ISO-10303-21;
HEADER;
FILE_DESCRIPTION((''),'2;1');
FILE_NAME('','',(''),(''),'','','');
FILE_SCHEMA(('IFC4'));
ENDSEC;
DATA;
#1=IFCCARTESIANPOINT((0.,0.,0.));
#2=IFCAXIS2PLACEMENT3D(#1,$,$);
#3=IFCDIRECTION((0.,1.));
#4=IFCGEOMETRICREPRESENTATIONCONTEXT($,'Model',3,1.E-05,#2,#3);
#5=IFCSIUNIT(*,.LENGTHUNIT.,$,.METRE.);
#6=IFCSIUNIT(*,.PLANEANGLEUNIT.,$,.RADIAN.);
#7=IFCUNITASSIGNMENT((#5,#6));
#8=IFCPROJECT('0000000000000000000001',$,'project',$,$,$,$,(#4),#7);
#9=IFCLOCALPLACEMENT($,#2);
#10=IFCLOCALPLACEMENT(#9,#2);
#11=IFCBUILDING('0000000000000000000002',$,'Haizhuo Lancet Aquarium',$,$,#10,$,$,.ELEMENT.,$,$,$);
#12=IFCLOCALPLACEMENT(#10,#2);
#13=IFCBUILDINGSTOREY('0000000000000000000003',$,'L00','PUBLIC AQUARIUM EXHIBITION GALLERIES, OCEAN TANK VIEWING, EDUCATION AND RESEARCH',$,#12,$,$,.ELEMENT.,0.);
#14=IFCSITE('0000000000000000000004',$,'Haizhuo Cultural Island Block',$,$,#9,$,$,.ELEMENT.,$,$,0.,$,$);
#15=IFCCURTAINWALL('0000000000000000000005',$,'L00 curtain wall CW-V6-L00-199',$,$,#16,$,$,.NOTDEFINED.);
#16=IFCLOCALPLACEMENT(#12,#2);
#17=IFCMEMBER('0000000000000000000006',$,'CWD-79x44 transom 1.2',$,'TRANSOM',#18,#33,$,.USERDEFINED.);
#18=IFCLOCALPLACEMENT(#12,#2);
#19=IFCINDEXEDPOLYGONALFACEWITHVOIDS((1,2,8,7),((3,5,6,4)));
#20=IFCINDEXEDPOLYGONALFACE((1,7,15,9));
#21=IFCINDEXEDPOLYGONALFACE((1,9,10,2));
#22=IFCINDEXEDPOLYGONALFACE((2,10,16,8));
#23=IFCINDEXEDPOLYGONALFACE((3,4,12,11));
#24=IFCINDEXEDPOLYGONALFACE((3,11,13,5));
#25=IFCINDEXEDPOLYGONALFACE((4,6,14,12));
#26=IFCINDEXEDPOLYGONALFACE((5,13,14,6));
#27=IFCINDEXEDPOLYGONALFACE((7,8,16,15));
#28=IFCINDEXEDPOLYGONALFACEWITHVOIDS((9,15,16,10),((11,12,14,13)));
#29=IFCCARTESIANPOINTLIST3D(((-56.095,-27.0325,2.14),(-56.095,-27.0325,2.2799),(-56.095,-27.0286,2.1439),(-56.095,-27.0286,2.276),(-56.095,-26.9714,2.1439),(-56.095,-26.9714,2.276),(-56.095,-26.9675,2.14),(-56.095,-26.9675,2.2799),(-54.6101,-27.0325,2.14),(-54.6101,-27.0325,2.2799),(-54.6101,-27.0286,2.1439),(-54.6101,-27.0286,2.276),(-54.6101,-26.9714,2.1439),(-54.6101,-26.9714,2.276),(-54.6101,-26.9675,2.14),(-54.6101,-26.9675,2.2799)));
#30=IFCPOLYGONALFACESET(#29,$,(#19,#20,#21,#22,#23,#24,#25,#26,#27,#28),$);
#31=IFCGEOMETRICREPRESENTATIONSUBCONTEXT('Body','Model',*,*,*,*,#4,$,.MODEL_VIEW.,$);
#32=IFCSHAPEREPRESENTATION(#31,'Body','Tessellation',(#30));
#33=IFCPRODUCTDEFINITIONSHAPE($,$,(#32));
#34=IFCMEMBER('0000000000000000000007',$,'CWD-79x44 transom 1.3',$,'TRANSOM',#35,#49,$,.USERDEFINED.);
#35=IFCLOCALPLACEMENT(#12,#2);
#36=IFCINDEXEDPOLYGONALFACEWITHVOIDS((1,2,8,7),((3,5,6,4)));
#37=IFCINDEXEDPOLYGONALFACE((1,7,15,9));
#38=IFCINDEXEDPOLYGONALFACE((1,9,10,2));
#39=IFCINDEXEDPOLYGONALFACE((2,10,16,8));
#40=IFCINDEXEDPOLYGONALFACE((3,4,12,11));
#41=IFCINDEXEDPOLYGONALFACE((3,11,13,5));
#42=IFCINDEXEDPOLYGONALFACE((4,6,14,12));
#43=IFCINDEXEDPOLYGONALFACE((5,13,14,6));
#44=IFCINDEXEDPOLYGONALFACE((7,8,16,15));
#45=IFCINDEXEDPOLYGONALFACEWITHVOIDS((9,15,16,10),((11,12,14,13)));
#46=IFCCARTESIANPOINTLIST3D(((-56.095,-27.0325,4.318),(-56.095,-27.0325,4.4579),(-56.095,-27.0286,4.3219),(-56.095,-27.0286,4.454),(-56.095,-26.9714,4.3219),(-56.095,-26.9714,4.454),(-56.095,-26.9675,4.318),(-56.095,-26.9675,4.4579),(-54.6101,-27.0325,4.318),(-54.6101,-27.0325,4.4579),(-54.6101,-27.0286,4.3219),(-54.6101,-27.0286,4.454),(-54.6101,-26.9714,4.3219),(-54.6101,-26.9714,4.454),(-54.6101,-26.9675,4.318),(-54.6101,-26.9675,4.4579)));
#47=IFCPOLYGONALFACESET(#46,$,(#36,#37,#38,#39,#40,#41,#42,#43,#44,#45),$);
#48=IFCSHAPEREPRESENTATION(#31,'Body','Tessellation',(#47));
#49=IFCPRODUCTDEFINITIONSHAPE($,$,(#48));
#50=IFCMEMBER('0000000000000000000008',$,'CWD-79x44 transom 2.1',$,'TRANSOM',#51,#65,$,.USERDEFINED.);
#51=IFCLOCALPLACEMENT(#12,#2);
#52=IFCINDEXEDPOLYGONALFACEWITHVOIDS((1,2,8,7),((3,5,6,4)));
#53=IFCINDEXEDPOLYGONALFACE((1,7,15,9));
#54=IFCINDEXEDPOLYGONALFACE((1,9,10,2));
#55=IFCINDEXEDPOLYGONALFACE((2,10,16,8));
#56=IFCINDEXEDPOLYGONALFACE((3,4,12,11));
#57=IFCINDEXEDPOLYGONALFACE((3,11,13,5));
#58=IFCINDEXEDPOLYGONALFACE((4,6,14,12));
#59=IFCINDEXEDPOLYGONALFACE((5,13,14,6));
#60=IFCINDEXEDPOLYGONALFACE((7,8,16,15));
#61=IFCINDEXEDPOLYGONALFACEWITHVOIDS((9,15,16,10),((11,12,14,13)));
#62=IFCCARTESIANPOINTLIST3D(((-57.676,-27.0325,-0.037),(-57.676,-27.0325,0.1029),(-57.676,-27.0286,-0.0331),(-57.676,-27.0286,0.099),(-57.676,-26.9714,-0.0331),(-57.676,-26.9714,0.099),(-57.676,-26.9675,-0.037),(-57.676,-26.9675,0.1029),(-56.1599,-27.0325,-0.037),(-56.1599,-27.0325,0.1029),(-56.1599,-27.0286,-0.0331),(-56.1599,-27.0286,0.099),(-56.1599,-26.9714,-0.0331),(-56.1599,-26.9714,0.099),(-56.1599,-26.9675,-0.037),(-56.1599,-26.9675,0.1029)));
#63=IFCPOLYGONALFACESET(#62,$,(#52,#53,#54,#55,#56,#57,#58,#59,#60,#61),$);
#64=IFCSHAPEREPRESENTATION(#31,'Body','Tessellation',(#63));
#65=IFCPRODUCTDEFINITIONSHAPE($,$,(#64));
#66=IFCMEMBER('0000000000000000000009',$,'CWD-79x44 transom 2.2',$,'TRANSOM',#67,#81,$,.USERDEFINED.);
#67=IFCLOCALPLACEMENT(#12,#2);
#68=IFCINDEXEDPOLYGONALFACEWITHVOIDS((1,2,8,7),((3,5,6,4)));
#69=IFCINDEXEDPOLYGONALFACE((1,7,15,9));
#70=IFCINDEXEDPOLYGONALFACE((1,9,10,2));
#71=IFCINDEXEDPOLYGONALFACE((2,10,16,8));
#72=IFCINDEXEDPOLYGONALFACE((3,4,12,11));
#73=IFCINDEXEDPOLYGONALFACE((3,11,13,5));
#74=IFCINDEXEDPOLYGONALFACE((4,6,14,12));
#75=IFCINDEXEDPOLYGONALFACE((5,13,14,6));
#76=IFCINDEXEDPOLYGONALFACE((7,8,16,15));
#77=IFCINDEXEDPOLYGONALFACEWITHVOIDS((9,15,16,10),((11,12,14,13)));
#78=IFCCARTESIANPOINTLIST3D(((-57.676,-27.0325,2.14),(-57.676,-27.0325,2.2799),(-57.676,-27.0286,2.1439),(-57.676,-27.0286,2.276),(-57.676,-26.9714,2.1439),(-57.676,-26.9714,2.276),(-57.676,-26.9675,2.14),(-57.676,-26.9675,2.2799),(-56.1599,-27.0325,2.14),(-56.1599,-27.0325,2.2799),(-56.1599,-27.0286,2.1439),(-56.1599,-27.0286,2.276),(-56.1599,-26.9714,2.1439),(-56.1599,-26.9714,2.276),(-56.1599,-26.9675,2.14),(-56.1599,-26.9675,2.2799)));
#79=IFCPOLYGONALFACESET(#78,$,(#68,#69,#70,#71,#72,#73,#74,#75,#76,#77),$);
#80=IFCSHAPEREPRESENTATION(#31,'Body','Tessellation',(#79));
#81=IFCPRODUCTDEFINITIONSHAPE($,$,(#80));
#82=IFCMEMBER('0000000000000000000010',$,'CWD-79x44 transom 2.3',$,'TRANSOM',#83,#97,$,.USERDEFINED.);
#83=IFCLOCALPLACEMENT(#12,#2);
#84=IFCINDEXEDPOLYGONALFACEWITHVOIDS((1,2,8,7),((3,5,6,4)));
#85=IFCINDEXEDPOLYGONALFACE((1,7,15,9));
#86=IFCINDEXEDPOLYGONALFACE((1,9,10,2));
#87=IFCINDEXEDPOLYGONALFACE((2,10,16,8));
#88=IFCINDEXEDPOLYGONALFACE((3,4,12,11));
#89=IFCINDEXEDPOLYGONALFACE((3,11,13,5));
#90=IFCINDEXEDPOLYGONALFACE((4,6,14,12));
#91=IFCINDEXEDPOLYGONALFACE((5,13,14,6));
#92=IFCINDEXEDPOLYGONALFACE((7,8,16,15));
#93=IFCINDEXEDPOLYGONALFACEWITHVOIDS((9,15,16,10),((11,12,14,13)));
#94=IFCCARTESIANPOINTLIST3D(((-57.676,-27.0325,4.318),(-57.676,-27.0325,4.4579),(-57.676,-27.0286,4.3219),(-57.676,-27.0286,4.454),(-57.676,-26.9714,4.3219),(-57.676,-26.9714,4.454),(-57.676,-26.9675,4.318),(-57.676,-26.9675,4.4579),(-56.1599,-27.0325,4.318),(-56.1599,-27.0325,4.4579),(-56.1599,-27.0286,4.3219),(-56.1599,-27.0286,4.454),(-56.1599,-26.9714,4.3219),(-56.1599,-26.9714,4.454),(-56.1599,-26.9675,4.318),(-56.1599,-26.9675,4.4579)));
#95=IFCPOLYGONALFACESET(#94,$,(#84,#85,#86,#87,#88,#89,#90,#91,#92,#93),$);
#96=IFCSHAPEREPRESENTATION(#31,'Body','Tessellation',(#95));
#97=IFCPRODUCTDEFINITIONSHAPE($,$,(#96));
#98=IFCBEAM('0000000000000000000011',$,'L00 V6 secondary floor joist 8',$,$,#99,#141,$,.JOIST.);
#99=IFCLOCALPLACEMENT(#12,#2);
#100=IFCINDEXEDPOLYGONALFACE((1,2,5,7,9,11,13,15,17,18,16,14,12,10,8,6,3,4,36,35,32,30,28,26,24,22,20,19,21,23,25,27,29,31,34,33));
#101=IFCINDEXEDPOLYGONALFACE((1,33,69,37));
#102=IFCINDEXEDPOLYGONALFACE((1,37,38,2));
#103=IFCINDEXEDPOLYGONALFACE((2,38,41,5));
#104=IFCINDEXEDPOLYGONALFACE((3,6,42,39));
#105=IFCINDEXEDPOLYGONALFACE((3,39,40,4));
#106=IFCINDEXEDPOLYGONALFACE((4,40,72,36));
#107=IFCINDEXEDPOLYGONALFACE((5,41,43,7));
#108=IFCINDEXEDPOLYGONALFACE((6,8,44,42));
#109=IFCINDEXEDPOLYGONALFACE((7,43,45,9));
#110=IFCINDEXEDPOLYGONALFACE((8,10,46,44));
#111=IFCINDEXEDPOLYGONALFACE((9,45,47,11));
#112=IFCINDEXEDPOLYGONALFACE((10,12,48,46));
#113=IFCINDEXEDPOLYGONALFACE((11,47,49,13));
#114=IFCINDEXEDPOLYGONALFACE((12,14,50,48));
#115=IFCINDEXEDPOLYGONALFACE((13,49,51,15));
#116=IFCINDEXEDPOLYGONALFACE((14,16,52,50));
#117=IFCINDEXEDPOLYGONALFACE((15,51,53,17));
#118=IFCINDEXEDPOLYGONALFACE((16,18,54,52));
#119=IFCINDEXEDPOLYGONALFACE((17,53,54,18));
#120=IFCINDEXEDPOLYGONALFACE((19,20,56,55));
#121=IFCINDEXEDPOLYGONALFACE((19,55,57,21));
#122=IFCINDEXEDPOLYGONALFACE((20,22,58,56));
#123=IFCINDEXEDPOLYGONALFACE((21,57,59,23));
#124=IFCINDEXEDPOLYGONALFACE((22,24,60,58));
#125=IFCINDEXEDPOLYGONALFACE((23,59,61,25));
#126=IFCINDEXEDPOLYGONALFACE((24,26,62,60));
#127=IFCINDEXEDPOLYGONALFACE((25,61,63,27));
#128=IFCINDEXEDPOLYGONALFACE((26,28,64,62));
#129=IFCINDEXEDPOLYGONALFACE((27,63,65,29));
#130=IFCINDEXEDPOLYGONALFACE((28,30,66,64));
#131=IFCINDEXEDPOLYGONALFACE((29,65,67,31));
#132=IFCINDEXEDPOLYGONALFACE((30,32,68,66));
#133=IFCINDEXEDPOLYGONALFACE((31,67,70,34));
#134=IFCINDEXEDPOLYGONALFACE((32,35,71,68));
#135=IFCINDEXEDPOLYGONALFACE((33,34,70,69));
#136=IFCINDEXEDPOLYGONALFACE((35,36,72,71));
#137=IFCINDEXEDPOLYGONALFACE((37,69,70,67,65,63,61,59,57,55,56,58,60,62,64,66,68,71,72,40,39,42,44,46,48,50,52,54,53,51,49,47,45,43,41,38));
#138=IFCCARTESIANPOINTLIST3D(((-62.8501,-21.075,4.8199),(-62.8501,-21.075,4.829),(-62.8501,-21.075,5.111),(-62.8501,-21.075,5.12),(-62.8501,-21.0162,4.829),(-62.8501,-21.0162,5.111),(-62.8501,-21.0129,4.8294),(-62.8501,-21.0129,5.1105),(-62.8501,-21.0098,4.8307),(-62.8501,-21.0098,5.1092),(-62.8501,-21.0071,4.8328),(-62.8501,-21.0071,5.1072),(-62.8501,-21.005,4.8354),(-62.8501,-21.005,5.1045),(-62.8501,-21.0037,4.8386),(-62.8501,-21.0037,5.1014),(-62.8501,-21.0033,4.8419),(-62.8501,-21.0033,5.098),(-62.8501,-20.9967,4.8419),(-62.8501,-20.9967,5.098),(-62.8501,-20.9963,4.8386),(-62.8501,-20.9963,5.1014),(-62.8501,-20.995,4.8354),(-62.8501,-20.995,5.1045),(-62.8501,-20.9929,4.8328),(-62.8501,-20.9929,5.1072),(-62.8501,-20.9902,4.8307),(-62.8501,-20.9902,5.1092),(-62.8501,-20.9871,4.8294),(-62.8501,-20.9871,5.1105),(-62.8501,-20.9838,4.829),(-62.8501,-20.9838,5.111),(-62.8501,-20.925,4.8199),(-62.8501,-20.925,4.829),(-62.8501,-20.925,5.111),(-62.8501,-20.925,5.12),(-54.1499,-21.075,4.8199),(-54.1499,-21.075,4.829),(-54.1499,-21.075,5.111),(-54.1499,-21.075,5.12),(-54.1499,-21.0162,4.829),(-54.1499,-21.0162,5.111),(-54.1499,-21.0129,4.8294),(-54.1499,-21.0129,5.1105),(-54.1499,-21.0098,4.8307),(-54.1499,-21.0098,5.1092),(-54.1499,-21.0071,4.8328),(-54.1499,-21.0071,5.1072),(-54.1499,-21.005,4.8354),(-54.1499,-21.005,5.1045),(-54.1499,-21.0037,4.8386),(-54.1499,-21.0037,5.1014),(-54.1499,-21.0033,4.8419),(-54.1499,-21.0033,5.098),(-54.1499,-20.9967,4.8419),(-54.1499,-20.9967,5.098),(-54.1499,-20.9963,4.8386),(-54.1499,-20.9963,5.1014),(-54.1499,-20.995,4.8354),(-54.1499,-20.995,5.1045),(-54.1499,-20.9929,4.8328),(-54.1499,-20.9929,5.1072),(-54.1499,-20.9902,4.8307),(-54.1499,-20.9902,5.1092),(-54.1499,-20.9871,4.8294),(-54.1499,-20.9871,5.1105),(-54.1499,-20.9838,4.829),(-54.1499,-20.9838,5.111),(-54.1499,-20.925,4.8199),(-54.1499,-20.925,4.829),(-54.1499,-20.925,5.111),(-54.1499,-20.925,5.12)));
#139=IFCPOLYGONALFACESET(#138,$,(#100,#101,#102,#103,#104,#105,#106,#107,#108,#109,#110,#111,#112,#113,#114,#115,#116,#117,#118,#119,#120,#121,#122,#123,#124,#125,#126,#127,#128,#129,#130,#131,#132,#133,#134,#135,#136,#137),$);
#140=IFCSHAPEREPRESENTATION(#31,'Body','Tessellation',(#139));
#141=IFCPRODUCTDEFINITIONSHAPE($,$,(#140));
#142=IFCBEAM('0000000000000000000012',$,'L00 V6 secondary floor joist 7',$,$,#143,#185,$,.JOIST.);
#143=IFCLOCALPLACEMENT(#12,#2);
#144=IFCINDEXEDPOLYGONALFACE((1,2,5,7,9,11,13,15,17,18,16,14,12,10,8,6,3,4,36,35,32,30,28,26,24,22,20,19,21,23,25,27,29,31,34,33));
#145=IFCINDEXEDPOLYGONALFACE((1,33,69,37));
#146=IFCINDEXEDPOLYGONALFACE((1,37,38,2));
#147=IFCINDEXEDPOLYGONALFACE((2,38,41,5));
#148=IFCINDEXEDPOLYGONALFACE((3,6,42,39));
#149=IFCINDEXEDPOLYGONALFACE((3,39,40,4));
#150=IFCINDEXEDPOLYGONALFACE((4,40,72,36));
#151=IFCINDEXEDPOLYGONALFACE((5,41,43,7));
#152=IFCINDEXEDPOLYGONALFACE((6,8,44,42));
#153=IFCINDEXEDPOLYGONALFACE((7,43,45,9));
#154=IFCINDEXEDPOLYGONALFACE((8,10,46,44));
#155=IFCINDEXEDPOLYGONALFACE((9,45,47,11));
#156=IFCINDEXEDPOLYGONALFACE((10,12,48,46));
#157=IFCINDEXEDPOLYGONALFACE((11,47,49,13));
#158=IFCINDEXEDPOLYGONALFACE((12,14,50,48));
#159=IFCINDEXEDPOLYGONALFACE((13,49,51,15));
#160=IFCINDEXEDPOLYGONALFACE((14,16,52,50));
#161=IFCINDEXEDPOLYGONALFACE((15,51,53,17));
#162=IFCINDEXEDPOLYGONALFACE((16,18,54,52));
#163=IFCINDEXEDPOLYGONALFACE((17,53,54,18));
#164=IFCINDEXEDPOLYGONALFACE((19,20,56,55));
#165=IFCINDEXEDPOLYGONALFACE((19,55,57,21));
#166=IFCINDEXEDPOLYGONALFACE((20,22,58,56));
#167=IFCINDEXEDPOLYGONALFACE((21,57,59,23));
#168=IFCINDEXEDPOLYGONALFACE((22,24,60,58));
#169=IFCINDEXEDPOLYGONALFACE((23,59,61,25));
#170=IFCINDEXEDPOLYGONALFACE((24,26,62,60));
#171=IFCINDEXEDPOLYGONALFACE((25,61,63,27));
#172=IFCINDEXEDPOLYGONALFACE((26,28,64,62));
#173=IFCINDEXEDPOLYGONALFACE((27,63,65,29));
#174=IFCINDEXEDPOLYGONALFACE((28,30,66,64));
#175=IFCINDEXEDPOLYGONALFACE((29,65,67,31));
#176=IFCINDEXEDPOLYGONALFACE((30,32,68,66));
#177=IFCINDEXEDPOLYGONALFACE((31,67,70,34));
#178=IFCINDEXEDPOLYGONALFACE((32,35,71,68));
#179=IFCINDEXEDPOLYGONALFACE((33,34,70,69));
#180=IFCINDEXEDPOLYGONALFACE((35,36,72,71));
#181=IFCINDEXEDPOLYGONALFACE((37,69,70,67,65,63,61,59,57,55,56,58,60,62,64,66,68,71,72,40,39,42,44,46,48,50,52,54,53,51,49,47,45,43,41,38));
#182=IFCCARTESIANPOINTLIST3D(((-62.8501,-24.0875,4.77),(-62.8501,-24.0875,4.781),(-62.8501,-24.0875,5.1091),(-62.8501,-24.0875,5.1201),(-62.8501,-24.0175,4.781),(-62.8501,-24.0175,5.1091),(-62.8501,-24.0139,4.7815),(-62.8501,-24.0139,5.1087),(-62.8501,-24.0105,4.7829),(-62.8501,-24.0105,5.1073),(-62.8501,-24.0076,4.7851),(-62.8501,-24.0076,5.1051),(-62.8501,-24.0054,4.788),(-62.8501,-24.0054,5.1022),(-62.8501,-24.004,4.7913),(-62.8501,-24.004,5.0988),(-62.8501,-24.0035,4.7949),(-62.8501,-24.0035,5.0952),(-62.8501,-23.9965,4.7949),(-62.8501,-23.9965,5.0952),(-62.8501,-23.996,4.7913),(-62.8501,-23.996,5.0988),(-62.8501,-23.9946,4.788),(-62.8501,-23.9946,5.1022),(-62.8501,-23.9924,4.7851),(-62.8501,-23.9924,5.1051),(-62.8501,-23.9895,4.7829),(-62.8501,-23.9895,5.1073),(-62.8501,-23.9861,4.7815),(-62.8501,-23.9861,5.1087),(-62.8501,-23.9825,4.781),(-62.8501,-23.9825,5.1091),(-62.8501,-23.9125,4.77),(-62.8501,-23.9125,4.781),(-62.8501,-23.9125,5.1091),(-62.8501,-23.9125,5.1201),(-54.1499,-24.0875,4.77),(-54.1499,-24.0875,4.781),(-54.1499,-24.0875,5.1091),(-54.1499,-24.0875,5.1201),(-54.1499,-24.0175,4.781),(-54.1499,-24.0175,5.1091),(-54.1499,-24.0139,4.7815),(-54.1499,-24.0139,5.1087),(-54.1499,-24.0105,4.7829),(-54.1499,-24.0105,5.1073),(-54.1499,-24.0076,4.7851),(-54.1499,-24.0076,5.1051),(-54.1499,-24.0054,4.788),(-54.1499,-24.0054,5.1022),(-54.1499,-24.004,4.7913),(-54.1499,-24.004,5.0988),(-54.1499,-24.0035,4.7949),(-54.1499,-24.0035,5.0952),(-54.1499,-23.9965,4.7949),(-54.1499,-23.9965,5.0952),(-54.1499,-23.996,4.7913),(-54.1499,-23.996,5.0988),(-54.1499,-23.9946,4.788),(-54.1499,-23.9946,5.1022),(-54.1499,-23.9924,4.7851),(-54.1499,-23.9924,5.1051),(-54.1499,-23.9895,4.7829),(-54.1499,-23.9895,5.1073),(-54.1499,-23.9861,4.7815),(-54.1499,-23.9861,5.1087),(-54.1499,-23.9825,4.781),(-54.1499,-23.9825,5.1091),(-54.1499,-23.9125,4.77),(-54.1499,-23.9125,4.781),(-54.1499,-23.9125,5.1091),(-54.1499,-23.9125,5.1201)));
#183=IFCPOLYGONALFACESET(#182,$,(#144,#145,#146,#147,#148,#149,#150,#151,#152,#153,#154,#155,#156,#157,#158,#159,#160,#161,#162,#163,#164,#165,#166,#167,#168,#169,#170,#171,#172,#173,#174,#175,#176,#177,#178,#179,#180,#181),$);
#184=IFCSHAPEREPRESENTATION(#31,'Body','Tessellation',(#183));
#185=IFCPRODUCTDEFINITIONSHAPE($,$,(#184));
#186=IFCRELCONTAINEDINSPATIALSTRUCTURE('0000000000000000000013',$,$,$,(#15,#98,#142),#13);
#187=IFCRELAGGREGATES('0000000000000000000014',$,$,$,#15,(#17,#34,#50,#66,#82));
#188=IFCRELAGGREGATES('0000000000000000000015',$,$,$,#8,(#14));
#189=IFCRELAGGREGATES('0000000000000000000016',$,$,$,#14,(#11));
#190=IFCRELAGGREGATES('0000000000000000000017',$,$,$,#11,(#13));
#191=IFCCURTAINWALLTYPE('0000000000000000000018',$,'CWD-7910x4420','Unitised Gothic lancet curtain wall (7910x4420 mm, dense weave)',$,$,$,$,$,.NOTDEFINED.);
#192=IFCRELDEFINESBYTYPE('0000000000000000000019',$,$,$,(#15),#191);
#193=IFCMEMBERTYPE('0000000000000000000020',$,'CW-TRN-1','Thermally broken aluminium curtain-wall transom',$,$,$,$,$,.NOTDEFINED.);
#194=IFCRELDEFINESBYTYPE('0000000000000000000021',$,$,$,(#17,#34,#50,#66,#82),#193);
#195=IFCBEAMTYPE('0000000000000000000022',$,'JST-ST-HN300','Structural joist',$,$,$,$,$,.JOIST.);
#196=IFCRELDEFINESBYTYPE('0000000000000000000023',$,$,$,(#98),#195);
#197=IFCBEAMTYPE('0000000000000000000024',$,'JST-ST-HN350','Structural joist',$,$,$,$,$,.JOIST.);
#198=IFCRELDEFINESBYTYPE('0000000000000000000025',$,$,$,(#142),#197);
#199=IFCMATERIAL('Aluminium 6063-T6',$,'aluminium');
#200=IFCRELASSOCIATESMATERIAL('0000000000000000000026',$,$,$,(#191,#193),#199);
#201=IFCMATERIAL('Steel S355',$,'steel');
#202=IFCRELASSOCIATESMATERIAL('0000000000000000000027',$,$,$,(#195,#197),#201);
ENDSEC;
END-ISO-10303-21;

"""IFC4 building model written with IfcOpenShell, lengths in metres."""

from ifc_helpers import new_model, si_unit, direction, frame, origin, origin_2d, place, context, subcontext, project, spatial, hollow_rectangle, i_section, extrude, material, material_profile, profile_set, type_object, element, aggregate, save


model = new_model("IFC4")

# Units and contexts
model_context = context("Model", 3, precision=1e-05, world=origin(), true_north=direction((0.0, 1.0)))
body_context = subcontext(model_context, "Body", "Model", "MODEL_VIEW")
ifc_project = project(units=[si_unit("LENGTHUNIT", "METRE"), si_unit("PLANEANGLEUNIT", "RADIAN")], contexts=[model_context])

# Site, building, storey
site_placement = place(None, origin())
site = spatial("IfcSite", under=ifc_project, at=site_placement, Name="Haizhuo Cultural Island Block", CompositionType="ELEMENT", RefElevation=0.0)
building_placement = place(site_placement, origin())
building = spatial("IfcBuilding", under=site, at=building_placement, Name="Haizhuo Lancet Aquarium", CompositionType="ELEMENT")
storey_placement = place(building_placement, origin())
storey = spatial("IfcBuildingStorey", under=building, at=storey_placement, Name="L00", Description="PUBLIC AQUARIUM EXHIBITION GALLERIES, OCEAN TANK VIEWING, EDUCATION AND RESEARCH", CompositionType="ELEMENT", Elevation=0.0)

# Shared definitions
ifc_material_1 = material(Name="Steel S355", Category="steel")

# Curtain wall, members
ifc_material_2 = material(Name="Aluminium 6063-T6", Category="aluminium")
curtain_wall_type = type_object("IfcCurtainWallType", Name="CWD-7910x4420", Description="Unitised Gothic lancet curtain wall (7910x4420 mm, dense weave)", PredefinedType="NOTDEFINED", material=ifc_material_2)
curtain_wall_placement = place(storey_placement, origin())
curtain_wall = element("IfcCurtainWall", 1, at=curtain_wall_placement, inside=storey, type_object=curtain_wall_type, Name="L00 curtain wall CW-V6-L00-199", PredefinedType="NOTDEFINED")
ifc_material_profile_1 = material_profile(ifc_material_2, hollow_rectangle(XDim=0.0649, YDim=0.1399, WallThickness=0.0039, at=origin_2d()), Name="ALU-T 65x140x4")
ifc_profile_set_1 = profile_set([ifc_material_profile_1], Name="Aluminium 6063-T6")
member_type_1 = type_object("IfcMemberType", Name="CW-TRN-1", Description="Thermally broken aluminium curtain-wall transom", PredefinedType="NOTDEFINED", material=ifc_profile_set_1)
member_1_placement = place(storey_placement, frame((-54.6101, -27.0, 2.21), z_axis=(-1.0, 0.0, 0.0), x_axis=(0.0, -1.0, 0.0)))
member_1 = element("IfcMember", 2, at=member_1_placement, type_object=member_type_1, Name="CWD-79x44 transom 1.2", ObjectType="TRANSOM", PredefinedType="USERDEFINED", context=body_context, shape_type="SweptSolid", body=[
    extrude(hollow_rectangle(XDim=0.0649, YDim=0.1399, WallThickness=0.0039, at=origin_2d()), origin(), (0.0, 0.0, 1.0), 1.4849),
])
member_2_placement = place(storey_placement, frame((-54.6101, -27.0, 4.3879), z_axis=(-1.0, 0.0, 0.0), x_axis=(0.0, -1.0, 0.0)))
member_2 = element("IfcMember", 3, at=member_2_placement, type_object=member_type_1, Name="CWD-79x44 transom 1.3", ObjectType="TRANSOM", PredefinedType="USERDEFINED", context=body_context, shape_type="SweptSolid", body=[
    extrude(hollow_rectangle(XDim=0.0649, YDim=0.1399, WallThickness=0.0039, at=origin_2d()), origin(), (0.0, 0.0, 1.0), 1.4849),
])
member_3_placement = place(storey_placement, frame((-56.1599, -27.0, 0.033), z_axis=(-1.0, 0.0, 0.0), x_axis=(0.0, -1.0, 0.0)))
member_3 = element("IfcMember", 4, at=member_3_placement, type_object=member_type_1, Name="CWD-79x44 transom 2.1", ObjectType="TRANSOM", PredefinedType="USERDEFINED", context=body_context, shape_type="SweptSolid", body=[
    extrude(hollow_rectangle(XDim=0.0649, YDim=0.1399, WallThickness=0.0039, at=origin_2d()), origin(), (0.0, 0.0, 1.0), 1.5161),
])
member_4_placement = place(storey_placement, frame((-56.1599, -27.0, 2.21), z_axis=(-1.0, 0.0, 0.0), x_axis=(0.0, -1.0, 0.0)))
member_4 = element("IfcMember", 5, at=member_4_placement, type_object=member_type_1, Name="CWD-79x44 transom 2.2", ObjectType="TRANSOM", PredefinedType="USERDEFINED", context=body_context, shape_type="SweptSolid", body=[
    extrude(hollow_rectangle(XDim=0.0649, YDim=0.1399, WallThickness=0.0039, at=origin_2d()), origin(), (0.0, 0.0, 1.0), 1.5161),
])
member_5_placement = place(storey_placement, frame((-56.1599, -27.0, 4.3879), z_axis=(-1.0, 0.0, 0.0), x_axis=(0.0, -1.0, 0.0)))
member_5 = element("IfcMember", 6, at=member_5_placement, type_object=member_type_1, Name="CWD-79x44 transom 2.3", ObjectType="TRANSOM", PredefinedType="USERDEFINED", context=body_context, shape_type="SweptSolid", body=[
    extrude(hollow_rectangle(XDim=0.0649, YDim=0.1399, WallThickness=0.0039, at=origin_2d()), origin(), (0.0, 0.0, 1.0), 1.5161),
])

# Beams
ifc_material_profile_2 = material_profile(ifc_material_1, i_section(OverallWidth=0.1499, OverallDepth=0.3, WebThickness=0.0066, FlangeThickness=0.009, FilletRadius=0.0129, at=origin_2d()), Name="HN 300x150x6.5x9")
ifc_profile_set_2 = profile_set([ifc_material_profile_2], Name="Steel S355")
beam_type_1 = type_object("IfcBeamType", Name="JST-ST-HN300", Description="Structural joist", PredefinedType="JOIST", material=ifc_profile_set_2)
beam_1_placement = place(storey_placement, frame((-62.8501, -21.0, 4.97), z_axis=(1.0, 0.0, 0.0), x_axis=(0.0, 1.0, 0.0)))
element("IfcBeam", 7, at=beam_1_placement, inside=storey, type_object=beam_type_1, Name="L00 V6 secondary floor joist 8", PredefinedType="JOIST", context=body_context, shape_type="SweptSolid", body=[
    extrude(i_section(OverallWidth=0.1499, OverallDepth=0.3, WebThickness=0.0066, FlangeThickness=0.009, FilletRadius=0.0129, at=origin_2d()), origin(), (0.0, 0.0, 1.0), 8.7002),
])
ifc_material_profile_3 = material_profile(ifc_material_1, i_section(OverallWidth=0.175, OverallDepth=0.3501, WebThickness=0.0071, FlangeThickness=0.011, FilletRadius=0.0139, at=origin_2d()), Name="HN 350x175x7x11")
ifc_profile_set_3 = profile_set([ifc_material_profile_3], Name="Steel S355")
beam_type_2 = type_object("IfcBeamType", Name="JST-ST-HN350", Description="Structural joist", PredefinedType="JOIST", material=ifc_profile_set_3)
beam_2_placement = place(storey_placement, frame((-62.8501, -24.0, 4.9451), z_axis=(1.0, 0.0, 0.0), x_axis=(0.0, 1.0, 0.0)))
element("IfcBeam", 8, at=beam_2_placement, inside=storey, type_object=beam_type_2, Name="L00 V6 secondary floor joist 7", PredefinedType="JOIST", context=body_context, shape_type="SweptSolid", body=[
    extrude(i_section(OverallWidth=0.175, OverallDepth=0.3501, WebThickness=0.0071, FlangeThickness=0.011, FilletRadius=0.0139, at=origin_2d()), origin(), (0.0, 0.0, 1.0), 8.7002),
])

aggregate(curtain_wall, [member_1, member_2, member_3, member_4, member_5])

save(model, "model.ifc")
